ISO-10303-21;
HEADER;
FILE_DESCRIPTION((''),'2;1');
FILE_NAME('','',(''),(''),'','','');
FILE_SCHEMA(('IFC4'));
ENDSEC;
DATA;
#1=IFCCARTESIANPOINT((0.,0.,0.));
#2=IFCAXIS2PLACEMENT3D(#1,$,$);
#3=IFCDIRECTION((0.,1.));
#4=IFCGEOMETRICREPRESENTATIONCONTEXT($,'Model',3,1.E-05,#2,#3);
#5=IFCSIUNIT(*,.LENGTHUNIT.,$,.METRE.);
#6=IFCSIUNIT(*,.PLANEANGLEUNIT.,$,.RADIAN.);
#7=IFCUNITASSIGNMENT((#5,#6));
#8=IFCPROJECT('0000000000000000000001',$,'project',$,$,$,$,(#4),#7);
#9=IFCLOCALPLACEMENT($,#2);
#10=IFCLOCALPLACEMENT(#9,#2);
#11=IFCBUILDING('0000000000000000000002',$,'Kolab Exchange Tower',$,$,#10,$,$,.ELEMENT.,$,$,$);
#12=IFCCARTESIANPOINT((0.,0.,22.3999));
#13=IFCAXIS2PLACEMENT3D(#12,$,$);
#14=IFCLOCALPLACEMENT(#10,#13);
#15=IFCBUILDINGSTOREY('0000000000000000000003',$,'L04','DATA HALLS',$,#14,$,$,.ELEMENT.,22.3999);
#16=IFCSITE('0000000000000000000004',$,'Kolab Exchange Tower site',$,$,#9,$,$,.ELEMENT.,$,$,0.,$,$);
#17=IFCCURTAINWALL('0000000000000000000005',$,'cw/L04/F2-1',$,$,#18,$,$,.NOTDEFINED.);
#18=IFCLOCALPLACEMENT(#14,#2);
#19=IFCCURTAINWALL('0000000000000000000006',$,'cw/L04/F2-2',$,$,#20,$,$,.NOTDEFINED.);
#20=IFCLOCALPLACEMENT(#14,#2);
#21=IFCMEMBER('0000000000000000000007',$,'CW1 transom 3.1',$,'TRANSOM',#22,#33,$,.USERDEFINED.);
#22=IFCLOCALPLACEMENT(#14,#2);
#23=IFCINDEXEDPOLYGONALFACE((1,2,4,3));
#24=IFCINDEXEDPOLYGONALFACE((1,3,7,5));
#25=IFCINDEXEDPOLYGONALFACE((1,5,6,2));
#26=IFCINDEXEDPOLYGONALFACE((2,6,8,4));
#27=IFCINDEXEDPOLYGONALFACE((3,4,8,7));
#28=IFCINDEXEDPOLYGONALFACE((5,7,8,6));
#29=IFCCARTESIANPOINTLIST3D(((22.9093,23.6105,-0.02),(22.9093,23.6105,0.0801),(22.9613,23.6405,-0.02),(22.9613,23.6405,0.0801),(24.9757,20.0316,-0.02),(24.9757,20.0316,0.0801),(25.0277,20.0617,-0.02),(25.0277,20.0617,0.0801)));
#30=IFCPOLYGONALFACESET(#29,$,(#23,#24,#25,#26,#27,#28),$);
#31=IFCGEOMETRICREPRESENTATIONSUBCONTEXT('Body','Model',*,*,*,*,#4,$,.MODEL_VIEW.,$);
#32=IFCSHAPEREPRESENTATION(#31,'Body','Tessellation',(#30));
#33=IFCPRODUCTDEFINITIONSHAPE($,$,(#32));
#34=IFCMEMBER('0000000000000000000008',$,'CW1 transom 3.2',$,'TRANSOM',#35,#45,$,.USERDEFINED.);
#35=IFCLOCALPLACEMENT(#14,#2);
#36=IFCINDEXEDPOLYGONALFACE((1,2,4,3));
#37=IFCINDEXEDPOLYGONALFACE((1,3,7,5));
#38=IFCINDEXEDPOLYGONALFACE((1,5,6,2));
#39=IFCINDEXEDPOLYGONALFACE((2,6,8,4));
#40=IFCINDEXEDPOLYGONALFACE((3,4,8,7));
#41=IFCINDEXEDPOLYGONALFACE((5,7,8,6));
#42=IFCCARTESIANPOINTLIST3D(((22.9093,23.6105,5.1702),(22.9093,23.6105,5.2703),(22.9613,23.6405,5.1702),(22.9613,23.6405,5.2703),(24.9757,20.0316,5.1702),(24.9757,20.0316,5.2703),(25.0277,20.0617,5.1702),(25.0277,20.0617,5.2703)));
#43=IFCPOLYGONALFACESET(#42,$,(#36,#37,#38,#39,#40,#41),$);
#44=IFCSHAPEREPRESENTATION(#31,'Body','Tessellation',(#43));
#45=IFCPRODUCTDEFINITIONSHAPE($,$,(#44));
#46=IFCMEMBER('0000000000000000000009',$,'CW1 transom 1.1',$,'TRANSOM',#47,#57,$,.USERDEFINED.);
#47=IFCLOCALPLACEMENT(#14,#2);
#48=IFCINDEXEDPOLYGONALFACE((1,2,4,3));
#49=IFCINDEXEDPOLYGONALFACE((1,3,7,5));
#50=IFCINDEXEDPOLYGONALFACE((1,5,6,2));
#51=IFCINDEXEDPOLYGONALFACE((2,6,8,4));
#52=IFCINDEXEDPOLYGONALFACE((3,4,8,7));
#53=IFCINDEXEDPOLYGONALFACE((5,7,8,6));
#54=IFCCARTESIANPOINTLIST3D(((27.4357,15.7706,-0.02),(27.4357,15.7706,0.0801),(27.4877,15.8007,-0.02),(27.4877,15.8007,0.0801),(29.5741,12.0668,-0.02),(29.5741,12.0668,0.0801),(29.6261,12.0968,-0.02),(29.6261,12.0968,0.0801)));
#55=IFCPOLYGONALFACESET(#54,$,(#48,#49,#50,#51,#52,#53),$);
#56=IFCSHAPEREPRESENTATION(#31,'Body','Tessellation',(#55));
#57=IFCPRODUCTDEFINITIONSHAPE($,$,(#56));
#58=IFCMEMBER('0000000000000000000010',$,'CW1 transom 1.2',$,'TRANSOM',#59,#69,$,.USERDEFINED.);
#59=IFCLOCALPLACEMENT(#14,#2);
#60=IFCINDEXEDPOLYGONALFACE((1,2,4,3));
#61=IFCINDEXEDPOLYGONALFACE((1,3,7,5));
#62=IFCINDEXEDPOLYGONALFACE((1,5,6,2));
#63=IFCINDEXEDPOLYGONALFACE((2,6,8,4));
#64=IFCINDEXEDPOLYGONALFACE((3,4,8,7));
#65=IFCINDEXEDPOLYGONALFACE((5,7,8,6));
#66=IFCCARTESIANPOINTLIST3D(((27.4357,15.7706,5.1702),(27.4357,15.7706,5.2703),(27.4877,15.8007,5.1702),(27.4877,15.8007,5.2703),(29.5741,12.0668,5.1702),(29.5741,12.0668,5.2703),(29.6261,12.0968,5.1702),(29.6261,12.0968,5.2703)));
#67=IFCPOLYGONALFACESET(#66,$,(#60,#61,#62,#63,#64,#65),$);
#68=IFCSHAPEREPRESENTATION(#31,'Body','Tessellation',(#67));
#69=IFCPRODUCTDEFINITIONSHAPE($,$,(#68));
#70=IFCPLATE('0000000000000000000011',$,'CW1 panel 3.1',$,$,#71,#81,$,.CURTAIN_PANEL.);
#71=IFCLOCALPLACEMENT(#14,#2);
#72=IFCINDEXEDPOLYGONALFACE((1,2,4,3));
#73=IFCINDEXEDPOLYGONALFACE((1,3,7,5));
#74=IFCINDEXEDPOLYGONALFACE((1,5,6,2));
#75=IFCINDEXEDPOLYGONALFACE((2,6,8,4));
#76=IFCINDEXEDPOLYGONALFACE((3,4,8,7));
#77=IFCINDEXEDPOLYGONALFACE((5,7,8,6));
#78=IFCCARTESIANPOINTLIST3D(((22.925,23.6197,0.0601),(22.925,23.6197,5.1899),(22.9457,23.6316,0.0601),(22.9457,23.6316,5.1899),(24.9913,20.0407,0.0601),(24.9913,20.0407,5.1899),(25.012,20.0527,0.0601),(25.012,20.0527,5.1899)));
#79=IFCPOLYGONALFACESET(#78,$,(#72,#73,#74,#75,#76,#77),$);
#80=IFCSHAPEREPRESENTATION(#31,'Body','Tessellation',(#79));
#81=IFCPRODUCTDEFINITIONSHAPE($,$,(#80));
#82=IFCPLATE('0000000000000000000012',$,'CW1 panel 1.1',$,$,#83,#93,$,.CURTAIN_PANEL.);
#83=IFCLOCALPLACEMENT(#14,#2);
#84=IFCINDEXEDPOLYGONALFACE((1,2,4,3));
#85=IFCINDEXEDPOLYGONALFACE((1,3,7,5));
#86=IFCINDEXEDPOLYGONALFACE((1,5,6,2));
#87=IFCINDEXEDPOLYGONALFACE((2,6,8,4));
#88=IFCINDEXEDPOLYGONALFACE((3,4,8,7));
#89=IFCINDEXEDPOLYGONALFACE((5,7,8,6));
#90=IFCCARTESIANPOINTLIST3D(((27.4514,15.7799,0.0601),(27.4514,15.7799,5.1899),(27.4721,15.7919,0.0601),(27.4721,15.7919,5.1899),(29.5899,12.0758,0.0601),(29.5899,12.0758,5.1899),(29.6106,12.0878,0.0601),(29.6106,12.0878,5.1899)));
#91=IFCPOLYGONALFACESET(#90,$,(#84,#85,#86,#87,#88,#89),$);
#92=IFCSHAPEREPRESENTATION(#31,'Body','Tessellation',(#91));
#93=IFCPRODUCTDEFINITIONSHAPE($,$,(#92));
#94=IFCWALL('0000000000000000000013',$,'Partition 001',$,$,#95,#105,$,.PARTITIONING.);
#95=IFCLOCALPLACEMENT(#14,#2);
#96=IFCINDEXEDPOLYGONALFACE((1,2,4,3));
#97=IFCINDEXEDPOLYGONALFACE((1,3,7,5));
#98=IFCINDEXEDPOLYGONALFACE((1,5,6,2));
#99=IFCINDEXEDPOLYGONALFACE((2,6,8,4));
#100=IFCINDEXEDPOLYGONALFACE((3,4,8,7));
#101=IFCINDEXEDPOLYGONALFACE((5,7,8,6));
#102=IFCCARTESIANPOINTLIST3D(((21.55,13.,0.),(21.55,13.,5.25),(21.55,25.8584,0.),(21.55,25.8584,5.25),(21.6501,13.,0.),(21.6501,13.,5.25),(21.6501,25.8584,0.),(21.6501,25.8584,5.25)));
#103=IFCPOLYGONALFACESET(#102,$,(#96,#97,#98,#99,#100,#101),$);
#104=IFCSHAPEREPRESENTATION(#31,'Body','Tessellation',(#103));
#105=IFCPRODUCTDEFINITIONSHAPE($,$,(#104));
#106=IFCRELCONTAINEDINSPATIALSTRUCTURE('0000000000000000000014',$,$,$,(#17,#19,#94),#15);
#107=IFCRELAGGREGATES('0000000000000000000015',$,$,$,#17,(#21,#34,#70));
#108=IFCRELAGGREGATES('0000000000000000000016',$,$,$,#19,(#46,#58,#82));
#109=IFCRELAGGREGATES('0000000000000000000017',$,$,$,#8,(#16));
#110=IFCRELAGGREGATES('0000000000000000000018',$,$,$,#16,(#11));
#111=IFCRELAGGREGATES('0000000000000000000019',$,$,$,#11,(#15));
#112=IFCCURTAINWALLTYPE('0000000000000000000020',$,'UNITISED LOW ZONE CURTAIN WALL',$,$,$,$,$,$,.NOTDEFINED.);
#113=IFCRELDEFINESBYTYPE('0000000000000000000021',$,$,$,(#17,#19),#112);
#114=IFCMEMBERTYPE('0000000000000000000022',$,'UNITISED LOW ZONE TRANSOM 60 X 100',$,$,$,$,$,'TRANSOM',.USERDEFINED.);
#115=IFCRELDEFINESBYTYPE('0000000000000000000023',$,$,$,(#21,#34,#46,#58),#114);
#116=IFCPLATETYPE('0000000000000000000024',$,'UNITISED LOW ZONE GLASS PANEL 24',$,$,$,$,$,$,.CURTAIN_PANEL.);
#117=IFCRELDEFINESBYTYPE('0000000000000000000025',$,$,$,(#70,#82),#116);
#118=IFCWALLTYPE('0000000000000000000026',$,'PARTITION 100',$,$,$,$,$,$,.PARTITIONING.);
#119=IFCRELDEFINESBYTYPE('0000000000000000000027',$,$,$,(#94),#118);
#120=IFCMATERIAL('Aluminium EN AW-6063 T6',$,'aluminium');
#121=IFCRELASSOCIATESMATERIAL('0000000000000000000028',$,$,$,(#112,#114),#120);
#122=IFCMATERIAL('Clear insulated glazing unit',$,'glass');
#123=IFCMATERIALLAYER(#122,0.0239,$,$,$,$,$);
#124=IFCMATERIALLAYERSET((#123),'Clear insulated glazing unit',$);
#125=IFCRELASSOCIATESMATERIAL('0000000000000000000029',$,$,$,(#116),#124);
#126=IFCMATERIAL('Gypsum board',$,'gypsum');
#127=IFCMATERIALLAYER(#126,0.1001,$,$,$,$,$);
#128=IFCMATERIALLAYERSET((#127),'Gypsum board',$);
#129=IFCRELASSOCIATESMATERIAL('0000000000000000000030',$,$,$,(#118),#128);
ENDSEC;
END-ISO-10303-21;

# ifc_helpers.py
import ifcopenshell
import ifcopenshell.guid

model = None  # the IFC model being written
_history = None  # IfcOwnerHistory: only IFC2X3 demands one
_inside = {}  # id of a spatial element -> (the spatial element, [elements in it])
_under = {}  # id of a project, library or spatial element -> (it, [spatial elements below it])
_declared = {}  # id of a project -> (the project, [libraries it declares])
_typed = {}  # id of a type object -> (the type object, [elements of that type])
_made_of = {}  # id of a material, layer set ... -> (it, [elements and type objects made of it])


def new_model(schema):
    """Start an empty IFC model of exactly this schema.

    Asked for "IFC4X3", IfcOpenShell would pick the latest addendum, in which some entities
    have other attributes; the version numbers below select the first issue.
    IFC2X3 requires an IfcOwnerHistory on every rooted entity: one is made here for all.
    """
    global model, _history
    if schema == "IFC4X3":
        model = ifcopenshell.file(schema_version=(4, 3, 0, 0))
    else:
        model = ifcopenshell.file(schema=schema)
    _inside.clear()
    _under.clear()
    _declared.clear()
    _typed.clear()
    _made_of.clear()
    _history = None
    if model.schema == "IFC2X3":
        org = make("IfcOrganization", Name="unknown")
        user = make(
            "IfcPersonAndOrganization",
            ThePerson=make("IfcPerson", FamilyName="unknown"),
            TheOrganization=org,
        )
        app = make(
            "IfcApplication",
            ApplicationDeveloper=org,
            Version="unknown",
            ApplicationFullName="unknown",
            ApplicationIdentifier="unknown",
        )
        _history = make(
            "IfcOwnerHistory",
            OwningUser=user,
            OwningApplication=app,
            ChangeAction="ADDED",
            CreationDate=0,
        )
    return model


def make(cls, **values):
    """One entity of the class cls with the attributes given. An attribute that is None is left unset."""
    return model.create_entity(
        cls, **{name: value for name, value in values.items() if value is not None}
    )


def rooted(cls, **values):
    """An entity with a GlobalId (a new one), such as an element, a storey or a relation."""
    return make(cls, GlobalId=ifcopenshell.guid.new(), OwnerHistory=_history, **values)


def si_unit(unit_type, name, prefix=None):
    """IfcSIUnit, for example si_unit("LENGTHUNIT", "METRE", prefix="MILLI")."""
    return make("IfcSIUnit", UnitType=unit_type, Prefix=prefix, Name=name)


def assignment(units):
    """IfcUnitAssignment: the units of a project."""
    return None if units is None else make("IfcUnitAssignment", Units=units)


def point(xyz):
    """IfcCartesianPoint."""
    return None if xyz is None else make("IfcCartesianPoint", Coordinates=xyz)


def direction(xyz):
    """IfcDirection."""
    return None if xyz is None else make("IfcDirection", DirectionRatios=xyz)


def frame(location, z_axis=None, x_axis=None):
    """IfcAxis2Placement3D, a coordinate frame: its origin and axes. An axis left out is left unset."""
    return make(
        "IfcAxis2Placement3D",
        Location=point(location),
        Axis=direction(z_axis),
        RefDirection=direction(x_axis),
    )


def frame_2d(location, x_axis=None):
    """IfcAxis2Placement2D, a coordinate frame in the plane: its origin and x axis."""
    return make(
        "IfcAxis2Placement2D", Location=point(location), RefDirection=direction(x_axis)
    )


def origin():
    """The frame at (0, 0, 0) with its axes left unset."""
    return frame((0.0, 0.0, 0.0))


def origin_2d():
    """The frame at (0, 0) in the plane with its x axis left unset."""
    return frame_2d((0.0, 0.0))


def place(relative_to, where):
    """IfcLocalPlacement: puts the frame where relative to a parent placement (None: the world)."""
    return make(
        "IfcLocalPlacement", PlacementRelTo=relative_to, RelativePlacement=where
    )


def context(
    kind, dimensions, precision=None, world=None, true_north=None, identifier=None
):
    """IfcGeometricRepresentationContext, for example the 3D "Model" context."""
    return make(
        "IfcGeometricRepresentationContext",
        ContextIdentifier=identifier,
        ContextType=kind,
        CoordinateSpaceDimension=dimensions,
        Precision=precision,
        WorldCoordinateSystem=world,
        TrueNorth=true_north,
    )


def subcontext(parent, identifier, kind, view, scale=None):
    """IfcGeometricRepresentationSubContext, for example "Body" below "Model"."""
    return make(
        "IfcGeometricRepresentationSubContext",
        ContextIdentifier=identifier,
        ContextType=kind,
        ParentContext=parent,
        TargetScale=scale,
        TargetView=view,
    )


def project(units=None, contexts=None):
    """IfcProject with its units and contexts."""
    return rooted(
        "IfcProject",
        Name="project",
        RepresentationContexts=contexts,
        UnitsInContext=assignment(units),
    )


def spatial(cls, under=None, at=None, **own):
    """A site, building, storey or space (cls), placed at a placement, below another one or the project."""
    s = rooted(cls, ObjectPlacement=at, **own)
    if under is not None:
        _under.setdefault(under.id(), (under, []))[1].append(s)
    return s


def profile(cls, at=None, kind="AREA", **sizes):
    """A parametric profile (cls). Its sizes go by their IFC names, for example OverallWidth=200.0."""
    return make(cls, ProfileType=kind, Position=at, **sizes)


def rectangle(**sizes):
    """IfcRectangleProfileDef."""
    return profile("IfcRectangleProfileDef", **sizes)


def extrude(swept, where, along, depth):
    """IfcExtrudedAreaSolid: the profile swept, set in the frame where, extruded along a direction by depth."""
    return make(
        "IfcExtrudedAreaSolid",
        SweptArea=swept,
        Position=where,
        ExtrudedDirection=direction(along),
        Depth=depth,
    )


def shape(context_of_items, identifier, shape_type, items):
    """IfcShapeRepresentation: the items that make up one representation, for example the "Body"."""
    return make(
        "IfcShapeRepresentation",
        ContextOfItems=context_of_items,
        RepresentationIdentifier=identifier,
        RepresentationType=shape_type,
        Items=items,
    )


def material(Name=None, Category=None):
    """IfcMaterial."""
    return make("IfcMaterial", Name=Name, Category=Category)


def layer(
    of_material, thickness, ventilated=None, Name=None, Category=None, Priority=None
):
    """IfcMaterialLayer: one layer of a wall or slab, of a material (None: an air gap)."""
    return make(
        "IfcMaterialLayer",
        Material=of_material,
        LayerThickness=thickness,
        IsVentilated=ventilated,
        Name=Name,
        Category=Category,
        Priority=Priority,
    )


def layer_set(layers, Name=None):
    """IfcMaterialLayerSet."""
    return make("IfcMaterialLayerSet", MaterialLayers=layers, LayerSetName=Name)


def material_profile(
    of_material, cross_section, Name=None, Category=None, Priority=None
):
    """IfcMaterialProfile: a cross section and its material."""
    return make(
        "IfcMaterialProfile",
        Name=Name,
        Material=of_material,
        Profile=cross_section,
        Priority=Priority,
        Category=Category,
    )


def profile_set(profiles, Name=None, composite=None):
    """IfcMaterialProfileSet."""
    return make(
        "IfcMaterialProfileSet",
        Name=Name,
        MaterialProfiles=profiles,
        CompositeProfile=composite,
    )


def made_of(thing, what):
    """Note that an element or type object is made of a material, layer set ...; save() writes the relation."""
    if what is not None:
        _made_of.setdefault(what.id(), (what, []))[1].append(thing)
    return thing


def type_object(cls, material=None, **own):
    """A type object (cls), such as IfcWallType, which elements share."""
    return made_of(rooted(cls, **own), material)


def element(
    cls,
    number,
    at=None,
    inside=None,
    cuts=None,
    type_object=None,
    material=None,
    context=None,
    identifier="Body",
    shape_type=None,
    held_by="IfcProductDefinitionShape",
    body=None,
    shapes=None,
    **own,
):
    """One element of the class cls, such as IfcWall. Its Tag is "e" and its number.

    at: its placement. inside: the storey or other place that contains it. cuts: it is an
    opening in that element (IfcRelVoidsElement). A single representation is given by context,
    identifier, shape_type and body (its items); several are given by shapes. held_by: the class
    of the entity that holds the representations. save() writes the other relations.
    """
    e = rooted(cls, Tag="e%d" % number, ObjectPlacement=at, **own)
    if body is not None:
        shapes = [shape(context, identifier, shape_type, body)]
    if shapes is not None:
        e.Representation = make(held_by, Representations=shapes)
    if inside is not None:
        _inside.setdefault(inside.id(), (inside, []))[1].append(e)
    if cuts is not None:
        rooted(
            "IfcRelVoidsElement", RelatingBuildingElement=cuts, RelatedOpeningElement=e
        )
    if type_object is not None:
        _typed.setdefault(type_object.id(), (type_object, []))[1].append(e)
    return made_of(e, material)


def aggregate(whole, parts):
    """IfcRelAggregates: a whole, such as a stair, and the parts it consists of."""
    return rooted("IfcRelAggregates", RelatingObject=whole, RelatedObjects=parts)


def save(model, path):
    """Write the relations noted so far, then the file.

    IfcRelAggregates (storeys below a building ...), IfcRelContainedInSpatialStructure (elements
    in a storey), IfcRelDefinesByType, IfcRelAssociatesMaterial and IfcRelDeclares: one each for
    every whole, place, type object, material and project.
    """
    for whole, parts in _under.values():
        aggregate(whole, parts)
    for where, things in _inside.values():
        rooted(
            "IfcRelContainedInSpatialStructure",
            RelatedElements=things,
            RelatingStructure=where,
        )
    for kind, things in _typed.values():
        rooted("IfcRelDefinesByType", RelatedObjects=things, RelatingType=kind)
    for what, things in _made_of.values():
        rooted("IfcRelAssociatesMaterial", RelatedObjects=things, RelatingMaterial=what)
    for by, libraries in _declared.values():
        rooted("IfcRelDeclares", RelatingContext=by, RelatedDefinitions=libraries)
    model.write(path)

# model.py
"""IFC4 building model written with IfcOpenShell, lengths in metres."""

from ifc_helpers import new_model, si_unit, direction, frame, frame_2d, origin, origin_2d, place, context, subcontext, project, spatial, rectangle, extrude, material, layer, layer_set, material_profile, profile_set, type_object, element, aggregate, save


model = new_model("IFC4")

# Units and contexts
model_context = context("Model", 3, precision=1e-05, world=origin(), true_north=direction((0.0, 1.0)))
body_context = subcontext(model_context, "Body", "Model", "MODEL_VIEW")
ifc_project = project(units=[si_unit("LENGTHUNIT", "METRE"), si_unit("PLANEANGLEUNIT", "RADIAN")], contexts=[model_context])

# Site, building, storey
site_placement = place(None, origin())
site = spatial("IfcSite", under=ifc_project, at=site_placement, Name="Kolab Exchange Tower site", CompositionType="ELEMENT", RefElevation=0.0)
building_placement = place(site_placement, origin())
building = spatial("IfcBuilding", under=site, at=building_placement, Name="Kolab Exchange Tower", CompositionType="ELEMENT")
storey_placement = place(building_placement, frame((0.0, 0.0, 22.3999)))
storey = spatial("IfcBuildingStorey", under=building, at=storey_placement, Name="L04", Description="DATA HALLS", CompositionType="ELEMENT", Elevation=22.3999)

# Curtain wall
ifc_material_1 = material(Name="Aluminium EN AW-6063 T6", Category="aluminium")
curtain_wall_type = type_object("IfcCurtainWallType", Name="UNITISED LOW ZONE CURTAIN WALL", PredefinedType="NOTDEFINED", material=ifc_material_1)
curtain_wall_1_placement = place(storey_placement, origin())
curtain_wall_1 = element("IfcCurtainWall", 1, at=curtain_wall_1_placement, inside=storey, type_object=curtain_wall_type, Name="cw/L04/F2-1", PredefinedType="NOTDEFINED")

# Curtain wall
curtain_wall_2_placement = place(storey_placement, origin())
curtain_wall_2 = element("IfcCurtainWall", 2, at=curtain_wall_2_placement, inside=storey, type_object=curtain_wall_type, Name="cw/L04/F2-2", PredefinedType="NOTDEFINED")

# Members
ifc_material_profile_1 = material_profile(ifc_material_1, rectangle(XDim=0.0601, YDim=0.1001, at=origin_2d()), Name="RECT 60X100")
ifc_profile_set_1 = profile_set([ifc_material_profile_1], Name="Aluminium EN AW-6063 T6")
member_type_1 = type_object("IfcMemberType", Name="UNITISED LOW ZONE TRANSOM 60 X 100", ElementType="TRANSOM", PredefinedType="USERDEFINED", material=ifc_profile_set_1)
member_1_placement = place(storey_placement, frame((22.9353, 23.6255, 0.03), z_axis=(0.500028, -0.866009, 0.0), x_axis=(0.866009, 0.500028, 0.0)))
member_1 = element("IfcMember", 3, at=member_1_placement, type_object=member_type_1, Name="CW1 transom 3.1", ObjectType="TRANSOM", PredefinedType="USERDEFINED", context=body_context, shape_type="SweptSolid", body=[
    extrude(rectangle(XDim=0.0601, YDim=0.1001, at=origin_2d()), origin(), (0.0, 0.0, 1.0), 4.1326),
])
member_2_placement = place(storey_placement, frame((22.9353, 23.6255, 5.2202), z_axis=(0.500028, -0.866009, 0.0), x_axis=(0.866009, 0.500028, 0.0)))
member_2 = element("IfcMember", 4, at=member_2_placement, type_object=member_type_1, Name="CW1 transom 3.2", ObjectType="TRANSOM", PredefinedType="USERDEFINED", context=body_context, shape_type="SweptSolid", body=[
    extrude(rectangle(XDim=0.0601, YDim=0.1001, at=origin_2d()), origin(), (0.0, 0.0, 1.0), 4.1326),
])
member_3_placement = place(storey_placement, frame((27.4617, 15.7856, 0.03), z_axis=(0.500001, -0.866025, 0.0), x_axis=(0.866025, 0.500001, 0.0)))
member_3 = element("IfcMember", 5, at=member_3_placement, type_object=member_type_1, Name="CW1 transom 1.1", ObjectType="TRANSOM", PredefinedType="USERDEFINED", context=body_context, shape_type="SweptSolid", body=[
    extrude(rectangle(XDim=0.0601, YDim=0.1001, at=origin_2d()), origin(), (0.0, 0.0, 1.0), 4.2769),
])
member_4_placement = place(storey_placement, frame((27.4617, 15.7856, 5.2202), z_axis=(0.500001, -0.866025, 0.0), x_axis=(0.866025, 0.500001, 0.0)))
member_4 = element("IfcMember", 6, at=member_4_placement, type_object=member_type_1, Name="CW1 transom 1.2", ObjectType="TRANSOM", PredefinedType="USERDEFINED", context=body_context, shape_type="SweptSolid", body=[
    extrude(rectangle(XDim=0.0601, YDim=0.1001, at=origin_2d()), origin(), (0.0, 0.0, 1.0), 4.2769),
])

# Plates
ifc_material_2 = material(Name="Clear insulated glazing unit", Category="glass")
ifc_layer_1 = layer(ifc_material_2, 0.0239)
ifc_layer_set_1 = layer_set([ifc_layer_1], Name="Clear insulated glazing unit")
plate_type = type_object("IfcPlateType", Name="UNITISED LOW ZONE GLASS PANEL 24", PredefinedType="CURTAIN_PANEL", material=ifc_layer_set_1)
plate_1_placement = place(storey_placement, frame((23.9685, 21.8362, 0.0601), z_axis=(0.0, 0.0, 1.0), x_axis=(0.5, -0.866025, 0.0)))
plate_1 = element("IfcPlate", 7, at=plate_1_placement, type_object=plate_type, Name="CW1 panel 3.1", PredefinedType="CURTAIN_PANEL", context=body_context, shape_type="SweptSolid", body=[
    extrude(rectangle(XDim=4.1326, YDim=0.0239, at=origin_2d()), origin(), (0.0, 0.0, 1.0), 5.1299),
])
aggregate(curtain_wall_1, [member_1, member_2, plate_1])
plate_2_placement = place(storey_placement, frame((28.531, 13.9338, 0.0601), z_axis=(0.0, 0.0, 1.0), x_axis=(0.5, -0.866025, 0.0)))
plate_2 = element("IfcPlate", 8, at=plate_2_placement, type_object=plate_type, Name="CW1 panel 1.1", PredefinedType="CURTAIN_PANEL", context=body_context, shape_type="SweptSolid", body=[
    extrude(rectangle(XDim=4.2771, YDim=0.0239, at=origin_2d()), origin(), (0.0, 0.0, 1.0), 5.1299),
])
aggregate(curtain_wall_2, [member_3, member_4, plate_2])

# Wall
ifc_material_3 = material(Name="Gypsum board", Category="gypsum")
ifc_layer_2 = layer(ifc_material_3, 0.1001)
ifc_layer_set_2 = layer_set([ifc_layer_2], Name="Gypsum board")
wall_type_1 = type_object("IfcWallType", Name="PARTITION 100", PredefinedType="PARTITIONING", material=ifc_layer_set_2)
wall_1_placement = place(storey_placement, frame((21.6001, 13.0, 0.0), z_axis=(0.0, 0.0, 1.0), x_axis=(0.0, 1.0, 0.0)))
element("IfcWall", 9, at=wall_1_placement, inside=storey, type_object=wall_type_1, Name="Partition 001", PredefinedType="PARTITIONING", context=body_context, shape_type="SweptSolid", body=[
    extrude(rectangle(XDim=12.8584, YDim=0.1001, at=frame_2d((6.4292, 0.0))), origin(), (0.0, 0.0, 1.0), 5.25),
])

save(model, "model.ifc")
